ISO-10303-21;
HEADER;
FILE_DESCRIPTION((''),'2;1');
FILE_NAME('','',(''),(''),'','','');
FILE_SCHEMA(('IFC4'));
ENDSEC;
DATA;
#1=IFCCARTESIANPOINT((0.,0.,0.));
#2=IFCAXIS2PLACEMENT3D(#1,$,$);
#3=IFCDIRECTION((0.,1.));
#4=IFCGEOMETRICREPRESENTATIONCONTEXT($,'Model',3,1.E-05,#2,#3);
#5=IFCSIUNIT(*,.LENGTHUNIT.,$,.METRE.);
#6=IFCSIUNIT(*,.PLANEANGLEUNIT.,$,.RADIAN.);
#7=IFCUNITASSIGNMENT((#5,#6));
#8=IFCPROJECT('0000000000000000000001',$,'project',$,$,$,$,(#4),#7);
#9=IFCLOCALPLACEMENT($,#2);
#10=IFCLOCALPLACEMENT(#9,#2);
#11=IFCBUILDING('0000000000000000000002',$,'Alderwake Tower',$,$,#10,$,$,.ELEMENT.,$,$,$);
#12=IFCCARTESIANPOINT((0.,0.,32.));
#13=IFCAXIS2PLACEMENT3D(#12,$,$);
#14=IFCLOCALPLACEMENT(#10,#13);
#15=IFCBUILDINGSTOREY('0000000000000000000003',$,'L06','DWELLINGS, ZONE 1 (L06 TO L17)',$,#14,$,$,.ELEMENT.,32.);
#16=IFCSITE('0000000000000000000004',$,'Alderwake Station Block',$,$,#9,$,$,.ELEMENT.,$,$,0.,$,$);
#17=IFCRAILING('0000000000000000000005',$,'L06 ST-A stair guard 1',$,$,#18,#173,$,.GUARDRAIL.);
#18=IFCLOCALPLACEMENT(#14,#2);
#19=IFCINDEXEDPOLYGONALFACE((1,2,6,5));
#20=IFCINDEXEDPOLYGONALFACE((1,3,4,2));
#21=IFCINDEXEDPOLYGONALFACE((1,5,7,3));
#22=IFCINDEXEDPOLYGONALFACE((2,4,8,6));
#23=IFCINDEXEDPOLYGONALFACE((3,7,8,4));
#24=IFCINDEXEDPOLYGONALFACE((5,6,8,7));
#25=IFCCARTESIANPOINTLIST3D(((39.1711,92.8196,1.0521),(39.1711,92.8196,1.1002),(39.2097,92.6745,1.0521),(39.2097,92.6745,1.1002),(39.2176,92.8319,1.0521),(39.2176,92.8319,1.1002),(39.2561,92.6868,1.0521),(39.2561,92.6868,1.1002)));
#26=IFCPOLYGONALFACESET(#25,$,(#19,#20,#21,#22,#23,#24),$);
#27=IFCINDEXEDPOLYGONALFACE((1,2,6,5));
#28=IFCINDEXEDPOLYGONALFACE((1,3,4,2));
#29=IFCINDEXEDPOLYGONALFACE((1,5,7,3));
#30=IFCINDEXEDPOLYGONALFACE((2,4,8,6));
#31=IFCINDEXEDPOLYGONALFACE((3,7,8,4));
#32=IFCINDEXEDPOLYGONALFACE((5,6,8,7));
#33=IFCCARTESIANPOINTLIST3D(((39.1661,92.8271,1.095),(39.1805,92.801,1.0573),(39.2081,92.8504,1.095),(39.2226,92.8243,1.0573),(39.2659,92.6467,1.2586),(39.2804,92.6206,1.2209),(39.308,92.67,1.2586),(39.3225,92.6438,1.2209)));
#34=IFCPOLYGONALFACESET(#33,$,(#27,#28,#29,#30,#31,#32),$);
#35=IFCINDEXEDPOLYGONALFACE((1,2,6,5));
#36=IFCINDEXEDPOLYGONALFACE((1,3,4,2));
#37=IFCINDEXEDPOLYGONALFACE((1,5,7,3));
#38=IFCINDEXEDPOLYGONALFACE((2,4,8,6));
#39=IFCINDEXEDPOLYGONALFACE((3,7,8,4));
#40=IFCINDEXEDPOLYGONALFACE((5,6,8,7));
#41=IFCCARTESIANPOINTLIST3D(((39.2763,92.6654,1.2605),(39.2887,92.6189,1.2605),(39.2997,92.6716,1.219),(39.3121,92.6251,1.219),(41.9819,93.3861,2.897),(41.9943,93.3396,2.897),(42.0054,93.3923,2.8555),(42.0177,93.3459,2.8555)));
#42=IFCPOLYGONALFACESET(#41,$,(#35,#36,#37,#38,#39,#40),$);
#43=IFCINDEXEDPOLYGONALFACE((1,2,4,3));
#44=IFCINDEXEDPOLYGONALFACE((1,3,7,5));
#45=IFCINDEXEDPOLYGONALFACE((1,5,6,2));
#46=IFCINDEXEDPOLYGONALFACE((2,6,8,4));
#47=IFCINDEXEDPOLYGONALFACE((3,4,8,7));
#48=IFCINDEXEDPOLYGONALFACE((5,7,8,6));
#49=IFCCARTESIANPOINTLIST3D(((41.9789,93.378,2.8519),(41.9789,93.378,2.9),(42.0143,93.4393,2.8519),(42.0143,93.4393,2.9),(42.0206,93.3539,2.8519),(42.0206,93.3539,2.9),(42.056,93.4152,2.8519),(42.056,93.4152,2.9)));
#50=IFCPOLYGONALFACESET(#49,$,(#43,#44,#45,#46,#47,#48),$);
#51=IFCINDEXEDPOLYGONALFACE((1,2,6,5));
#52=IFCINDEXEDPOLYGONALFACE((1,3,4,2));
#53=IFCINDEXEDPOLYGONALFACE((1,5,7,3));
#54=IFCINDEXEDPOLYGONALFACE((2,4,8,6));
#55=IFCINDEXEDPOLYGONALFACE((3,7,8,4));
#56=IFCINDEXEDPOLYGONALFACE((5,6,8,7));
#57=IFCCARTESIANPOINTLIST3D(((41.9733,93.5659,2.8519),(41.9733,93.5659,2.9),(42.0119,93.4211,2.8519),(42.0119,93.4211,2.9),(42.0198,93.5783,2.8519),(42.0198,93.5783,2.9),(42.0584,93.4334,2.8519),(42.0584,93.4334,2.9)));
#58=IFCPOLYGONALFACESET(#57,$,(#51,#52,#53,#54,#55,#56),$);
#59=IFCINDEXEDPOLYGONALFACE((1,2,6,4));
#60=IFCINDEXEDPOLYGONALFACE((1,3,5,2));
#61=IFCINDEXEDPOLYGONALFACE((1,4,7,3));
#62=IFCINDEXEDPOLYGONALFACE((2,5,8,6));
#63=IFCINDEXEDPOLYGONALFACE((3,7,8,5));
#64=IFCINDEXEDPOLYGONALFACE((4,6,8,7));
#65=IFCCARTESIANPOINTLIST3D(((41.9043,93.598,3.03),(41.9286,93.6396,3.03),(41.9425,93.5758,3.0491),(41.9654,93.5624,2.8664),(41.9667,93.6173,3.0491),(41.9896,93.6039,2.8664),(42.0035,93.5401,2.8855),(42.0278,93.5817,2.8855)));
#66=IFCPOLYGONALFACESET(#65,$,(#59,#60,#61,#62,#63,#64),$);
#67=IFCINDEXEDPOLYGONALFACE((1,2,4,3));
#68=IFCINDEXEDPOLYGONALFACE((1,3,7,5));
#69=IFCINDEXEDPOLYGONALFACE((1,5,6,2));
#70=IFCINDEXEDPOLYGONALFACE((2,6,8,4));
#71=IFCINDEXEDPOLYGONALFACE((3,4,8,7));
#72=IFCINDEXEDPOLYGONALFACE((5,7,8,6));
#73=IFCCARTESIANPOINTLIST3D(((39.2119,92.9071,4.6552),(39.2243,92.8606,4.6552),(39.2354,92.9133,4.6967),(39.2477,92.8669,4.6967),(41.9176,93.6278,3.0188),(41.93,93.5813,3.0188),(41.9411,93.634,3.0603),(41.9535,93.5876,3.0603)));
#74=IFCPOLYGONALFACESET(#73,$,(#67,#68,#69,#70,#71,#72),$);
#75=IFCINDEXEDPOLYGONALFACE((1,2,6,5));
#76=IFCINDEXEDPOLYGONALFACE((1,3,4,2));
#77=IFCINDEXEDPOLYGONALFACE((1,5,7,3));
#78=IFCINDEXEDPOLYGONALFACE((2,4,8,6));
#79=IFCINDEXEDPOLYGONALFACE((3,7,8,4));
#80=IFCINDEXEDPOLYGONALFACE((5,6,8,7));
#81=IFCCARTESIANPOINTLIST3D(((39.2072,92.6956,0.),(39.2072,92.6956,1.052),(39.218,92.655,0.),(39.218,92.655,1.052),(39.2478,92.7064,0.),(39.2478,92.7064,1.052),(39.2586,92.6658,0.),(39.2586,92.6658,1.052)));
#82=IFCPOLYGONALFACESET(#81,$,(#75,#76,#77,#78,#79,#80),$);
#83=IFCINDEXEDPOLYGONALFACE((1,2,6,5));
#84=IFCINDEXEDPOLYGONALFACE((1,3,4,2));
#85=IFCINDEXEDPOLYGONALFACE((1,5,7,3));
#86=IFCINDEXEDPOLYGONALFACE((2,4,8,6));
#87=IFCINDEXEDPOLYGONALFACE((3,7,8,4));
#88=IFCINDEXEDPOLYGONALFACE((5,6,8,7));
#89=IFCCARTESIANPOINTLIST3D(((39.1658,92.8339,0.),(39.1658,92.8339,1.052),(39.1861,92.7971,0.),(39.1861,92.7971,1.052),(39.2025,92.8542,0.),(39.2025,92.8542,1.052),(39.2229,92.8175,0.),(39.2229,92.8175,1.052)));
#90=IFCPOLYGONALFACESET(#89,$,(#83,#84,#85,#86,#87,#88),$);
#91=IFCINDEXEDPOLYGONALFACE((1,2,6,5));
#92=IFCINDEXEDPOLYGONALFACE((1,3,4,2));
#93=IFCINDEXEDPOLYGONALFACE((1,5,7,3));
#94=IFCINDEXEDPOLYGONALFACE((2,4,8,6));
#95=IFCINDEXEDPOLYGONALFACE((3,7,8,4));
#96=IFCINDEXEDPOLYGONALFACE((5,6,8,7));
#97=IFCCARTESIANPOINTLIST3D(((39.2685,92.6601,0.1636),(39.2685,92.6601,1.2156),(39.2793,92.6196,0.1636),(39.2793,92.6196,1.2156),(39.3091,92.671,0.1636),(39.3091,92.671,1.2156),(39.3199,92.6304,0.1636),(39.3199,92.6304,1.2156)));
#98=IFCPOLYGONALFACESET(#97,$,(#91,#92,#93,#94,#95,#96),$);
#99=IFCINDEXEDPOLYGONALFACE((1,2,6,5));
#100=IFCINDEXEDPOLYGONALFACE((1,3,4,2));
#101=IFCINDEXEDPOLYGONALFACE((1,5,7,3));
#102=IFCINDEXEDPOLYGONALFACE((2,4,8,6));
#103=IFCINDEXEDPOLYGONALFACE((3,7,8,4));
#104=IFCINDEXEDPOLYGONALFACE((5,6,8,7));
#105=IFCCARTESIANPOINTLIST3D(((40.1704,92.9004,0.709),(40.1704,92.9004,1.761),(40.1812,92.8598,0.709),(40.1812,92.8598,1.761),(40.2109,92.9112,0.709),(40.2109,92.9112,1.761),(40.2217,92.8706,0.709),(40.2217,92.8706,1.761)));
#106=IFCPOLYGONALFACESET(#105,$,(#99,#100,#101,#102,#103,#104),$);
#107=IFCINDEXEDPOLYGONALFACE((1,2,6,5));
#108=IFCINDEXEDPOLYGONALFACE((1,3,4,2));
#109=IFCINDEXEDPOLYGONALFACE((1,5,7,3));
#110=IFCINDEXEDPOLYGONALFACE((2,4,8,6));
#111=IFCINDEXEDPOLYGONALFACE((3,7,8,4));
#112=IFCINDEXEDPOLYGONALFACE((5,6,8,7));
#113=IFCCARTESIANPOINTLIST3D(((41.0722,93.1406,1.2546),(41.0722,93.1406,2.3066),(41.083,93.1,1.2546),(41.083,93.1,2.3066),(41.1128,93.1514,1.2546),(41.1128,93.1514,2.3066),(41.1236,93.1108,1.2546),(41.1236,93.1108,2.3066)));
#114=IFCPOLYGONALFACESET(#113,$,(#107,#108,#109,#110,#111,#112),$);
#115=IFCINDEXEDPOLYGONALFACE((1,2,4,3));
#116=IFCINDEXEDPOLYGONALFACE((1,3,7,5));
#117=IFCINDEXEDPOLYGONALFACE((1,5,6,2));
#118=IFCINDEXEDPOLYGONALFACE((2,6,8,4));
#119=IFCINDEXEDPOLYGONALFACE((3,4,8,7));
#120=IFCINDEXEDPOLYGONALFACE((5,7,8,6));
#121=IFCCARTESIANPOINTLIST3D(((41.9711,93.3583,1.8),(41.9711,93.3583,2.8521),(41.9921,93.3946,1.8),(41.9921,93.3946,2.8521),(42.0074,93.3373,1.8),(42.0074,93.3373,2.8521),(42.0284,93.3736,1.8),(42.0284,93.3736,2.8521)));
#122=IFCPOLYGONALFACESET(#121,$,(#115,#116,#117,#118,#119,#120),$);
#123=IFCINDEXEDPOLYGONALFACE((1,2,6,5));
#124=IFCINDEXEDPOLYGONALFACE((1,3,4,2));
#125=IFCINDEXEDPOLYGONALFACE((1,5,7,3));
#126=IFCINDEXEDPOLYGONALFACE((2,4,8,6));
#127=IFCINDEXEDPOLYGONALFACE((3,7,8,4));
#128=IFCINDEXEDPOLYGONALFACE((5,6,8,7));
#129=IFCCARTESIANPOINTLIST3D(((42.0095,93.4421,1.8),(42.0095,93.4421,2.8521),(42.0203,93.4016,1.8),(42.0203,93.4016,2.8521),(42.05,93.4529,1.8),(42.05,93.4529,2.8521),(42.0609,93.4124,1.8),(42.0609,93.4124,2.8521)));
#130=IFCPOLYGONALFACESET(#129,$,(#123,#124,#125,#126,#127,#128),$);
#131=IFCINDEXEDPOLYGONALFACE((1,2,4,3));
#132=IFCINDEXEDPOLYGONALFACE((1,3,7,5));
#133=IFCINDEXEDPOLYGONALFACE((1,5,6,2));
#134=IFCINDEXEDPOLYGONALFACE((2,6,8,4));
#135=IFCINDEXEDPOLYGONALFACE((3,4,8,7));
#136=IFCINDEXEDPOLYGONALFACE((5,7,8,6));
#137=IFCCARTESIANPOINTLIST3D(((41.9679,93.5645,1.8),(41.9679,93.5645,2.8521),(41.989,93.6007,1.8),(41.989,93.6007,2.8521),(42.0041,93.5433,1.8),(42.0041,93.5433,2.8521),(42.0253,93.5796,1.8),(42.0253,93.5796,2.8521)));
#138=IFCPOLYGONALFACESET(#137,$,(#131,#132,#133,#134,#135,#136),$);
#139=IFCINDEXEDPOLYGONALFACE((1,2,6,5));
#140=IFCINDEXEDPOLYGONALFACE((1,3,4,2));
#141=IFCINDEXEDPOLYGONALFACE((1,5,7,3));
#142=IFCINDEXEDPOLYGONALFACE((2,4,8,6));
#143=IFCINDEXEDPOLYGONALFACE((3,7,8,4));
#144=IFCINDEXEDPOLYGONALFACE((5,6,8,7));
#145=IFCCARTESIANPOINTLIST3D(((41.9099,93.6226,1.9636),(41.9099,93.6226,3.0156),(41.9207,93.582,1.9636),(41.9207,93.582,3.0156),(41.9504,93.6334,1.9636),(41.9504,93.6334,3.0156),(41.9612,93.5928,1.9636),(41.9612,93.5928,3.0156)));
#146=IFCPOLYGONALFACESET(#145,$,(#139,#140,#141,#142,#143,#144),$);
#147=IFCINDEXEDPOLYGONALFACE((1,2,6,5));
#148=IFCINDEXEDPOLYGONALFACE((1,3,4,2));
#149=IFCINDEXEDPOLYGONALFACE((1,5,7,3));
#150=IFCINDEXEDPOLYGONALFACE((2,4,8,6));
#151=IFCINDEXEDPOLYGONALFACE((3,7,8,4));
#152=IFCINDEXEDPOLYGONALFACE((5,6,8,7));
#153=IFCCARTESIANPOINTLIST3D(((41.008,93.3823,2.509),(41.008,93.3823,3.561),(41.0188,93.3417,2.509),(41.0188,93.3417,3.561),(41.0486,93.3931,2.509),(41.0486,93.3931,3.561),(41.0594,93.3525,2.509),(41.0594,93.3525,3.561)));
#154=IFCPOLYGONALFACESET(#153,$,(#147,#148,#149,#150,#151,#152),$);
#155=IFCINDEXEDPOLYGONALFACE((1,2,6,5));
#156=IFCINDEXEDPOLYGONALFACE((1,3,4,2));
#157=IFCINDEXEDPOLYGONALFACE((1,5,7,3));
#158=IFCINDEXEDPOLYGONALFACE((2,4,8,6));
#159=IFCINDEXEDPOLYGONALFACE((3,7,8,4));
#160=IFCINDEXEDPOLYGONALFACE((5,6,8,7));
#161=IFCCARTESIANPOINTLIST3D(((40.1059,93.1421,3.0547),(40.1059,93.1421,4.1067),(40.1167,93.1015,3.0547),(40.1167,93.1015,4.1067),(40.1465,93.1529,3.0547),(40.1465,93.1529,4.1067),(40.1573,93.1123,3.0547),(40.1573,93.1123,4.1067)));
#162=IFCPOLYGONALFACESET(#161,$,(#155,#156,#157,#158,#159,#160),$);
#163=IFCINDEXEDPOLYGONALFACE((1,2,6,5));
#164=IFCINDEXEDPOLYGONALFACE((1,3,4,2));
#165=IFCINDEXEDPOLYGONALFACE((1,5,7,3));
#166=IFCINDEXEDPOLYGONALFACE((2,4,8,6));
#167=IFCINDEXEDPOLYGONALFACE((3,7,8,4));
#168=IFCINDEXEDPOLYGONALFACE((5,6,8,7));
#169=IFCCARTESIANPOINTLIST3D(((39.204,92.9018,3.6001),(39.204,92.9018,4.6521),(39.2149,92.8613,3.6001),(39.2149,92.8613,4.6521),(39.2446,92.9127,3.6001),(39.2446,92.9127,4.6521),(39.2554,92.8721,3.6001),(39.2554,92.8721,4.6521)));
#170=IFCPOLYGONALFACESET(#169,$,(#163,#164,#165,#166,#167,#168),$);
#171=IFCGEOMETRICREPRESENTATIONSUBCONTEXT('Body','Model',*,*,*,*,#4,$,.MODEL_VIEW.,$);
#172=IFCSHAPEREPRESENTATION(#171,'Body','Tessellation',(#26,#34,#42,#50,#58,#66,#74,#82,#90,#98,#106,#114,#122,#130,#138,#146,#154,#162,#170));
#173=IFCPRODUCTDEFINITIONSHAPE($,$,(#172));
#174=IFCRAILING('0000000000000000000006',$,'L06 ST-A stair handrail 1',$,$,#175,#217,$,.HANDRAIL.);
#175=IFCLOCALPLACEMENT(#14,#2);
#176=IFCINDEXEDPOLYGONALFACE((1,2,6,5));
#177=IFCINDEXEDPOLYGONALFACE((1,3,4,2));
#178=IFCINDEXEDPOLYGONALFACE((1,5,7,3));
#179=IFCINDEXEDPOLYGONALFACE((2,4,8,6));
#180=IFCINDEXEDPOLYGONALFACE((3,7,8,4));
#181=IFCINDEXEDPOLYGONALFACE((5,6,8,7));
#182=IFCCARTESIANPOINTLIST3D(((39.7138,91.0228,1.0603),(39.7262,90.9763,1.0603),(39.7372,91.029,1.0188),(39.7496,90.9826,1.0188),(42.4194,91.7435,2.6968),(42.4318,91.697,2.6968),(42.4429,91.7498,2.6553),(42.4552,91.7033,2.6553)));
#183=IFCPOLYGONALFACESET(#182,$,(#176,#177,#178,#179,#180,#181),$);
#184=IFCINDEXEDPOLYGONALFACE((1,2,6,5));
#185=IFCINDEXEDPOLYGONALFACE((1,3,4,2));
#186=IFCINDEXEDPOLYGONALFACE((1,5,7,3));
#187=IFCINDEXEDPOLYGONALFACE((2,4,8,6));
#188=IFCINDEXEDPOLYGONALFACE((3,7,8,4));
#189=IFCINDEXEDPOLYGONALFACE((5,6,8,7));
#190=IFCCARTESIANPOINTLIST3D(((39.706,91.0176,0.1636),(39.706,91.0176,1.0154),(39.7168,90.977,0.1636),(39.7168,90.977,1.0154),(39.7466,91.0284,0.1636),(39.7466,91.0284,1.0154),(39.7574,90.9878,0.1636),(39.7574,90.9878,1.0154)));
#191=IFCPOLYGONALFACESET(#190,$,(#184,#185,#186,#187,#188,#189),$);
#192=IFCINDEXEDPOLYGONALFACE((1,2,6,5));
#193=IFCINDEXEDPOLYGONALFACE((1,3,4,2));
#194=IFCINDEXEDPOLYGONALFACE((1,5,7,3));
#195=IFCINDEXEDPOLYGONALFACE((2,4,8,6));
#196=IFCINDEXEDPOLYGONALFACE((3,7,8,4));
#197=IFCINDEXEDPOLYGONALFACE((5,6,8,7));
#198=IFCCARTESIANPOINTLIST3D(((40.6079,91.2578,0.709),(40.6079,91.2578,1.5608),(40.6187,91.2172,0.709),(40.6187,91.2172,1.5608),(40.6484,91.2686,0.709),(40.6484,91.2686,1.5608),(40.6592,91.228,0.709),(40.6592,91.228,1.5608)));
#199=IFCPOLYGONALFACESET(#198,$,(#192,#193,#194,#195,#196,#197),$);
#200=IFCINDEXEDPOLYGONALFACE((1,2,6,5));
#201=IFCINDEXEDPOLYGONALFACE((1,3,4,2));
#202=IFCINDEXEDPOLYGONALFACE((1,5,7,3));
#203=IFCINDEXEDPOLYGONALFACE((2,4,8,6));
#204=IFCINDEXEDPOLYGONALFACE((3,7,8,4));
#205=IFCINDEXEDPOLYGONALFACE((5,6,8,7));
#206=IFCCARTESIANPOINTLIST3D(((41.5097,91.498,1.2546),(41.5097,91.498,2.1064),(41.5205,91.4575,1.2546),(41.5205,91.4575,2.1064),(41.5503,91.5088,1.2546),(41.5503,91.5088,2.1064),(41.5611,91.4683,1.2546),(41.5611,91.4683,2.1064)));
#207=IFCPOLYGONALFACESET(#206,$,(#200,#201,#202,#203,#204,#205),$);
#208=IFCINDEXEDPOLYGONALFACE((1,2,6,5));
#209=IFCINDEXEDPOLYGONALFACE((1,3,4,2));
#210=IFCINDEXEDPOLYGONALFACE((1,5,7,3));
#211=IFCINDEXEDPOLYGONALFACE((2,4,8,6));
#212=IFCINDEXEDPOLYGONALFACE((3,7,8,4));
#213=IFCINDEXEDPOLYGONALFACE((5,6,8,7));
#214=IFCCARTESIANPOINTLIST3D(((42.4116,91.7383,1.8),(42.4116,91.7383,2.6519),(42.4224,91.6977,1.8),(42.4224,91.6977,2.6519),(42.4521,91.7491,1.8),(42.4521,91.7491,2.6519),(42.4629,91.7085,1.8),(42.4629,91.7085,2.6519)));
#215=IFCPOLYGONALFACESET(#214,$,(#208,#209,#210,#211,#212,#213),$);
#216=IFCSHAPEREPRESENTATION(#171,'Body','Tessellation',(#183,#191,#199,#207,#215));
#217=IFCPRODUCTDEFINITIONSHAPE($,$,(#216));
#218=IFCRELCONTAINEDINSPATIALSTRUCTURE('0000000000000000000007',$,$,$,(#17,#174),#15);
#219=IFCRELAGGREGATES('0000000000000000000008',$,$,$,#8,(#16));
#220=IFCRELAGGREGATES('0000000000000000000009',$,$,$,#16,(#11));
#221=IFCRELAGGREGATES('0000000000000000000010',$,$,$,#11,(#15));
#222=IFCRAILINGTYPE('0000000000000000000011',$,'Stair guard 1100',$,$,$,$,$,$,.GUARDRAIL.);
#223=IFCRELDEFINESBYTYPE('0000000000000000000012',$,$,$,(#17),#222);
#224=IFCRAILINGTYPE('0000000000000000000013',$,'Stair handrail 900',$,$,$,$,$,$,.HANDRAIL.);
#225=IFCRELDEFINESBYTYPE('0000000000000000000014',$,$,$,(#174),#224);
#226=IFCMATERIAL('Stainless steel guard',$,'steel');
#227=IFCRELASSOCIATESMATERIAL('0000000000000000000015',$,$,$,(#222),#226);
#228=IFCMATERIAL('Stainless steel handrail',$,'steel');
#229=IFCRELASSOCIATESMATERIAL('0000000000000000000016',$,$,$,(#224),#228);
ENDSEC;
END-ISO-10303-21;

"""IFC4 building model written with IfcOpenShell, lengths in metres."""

from ifc_helpers import new_model, si_unit, direction, frame, origin, origin_2d, place, context, subcontext, project, spatial, rectangle, extrude, material, type_object, element, save


model = new_model("IFC4")

# Units and contexts
model_context = context("Model", 3, precision=1e-05, world=origin(), true_north=direction((0.0, 1.0)))
body_context = subcontext(model_context, "Body", "Model", "MODEL_VIEW")
ifc_project = project(units=[si_unit("LENGTHUNIT", "METRE"), si_unit("PLANEANGLEUNIT", "RADIAN")], contexts=[model_context])

# Site, building, storey
site_placement = place(None, origin())
site = spatial("IfcSite", under=ifc_project, at=site_placement, Name="Alderwake Station Block", CompositionType="ELEMENT", RefElevation=0.0)
building_placement = place(site_placement, origin())
building = spatial("IfcBuilding", under=site, at=building_placement, Name="Alderwake Tower", CompositionType="ELEMENT")
storey_placement = place(building_placement, frame((0.0, 0.0, 32.0)))
storey = spatial("IfcBuildingStorey", under=building, at=storey_placement, Name="L06", Description="DWELLINGS, ZONE 1 (L06 TO L17)", CompositionType="ELEMENT", Elevation=32.0)

# Railings
ifc_material_1 = material(Name="Stainless steel guard", Category="steel")
railing_type_1 = type_object("IfcRailingType", Name="Stair guard 1100", PredefinedType="GUARDRAIL", material=ifc_material_1)
railing_1_placement = place(storey_placement, frame((39.2329, 92.6807, 0.0)))
element("IfcRailing", 1, at=railing_1_placement, inside=storey, type_object=railing_type_1, Name="L06 ST-A stair guard 1", PredefinedType="GUARDRAIL", context=body_context, shape_type="SweptSolid", body=[
    extrude(rectangle(XDim=0.0481, YDim=0.0481, at=origin_2d()), frame((0.0, 0.0, 1.0762), z_axis=(-0.257055, 0.966397, 0.0), x_axis=(-0.966397, -0.257055, 0.0)), (0.0, 0.0, 1.0), 0.1501),
    extrude(rectangle(XDim=0.0481, YDim=0.0481, at=origin_2d()), frame((-0.0386, 0.145, 1.0762), z_axis=(0.379371, -0.685464, 0.621463), x_axis=(0.874938, 0.484235, 0.0)), (0.0, 0.0, 1.0), 0.2632),
    extrude(rectangle(XDim=0.0481, YDim=0.0481, at=origin_2d()), frame((0.0613, -0.0354, 1.2397), z_axis=(0.834259, 0.222228, 0.504605), x_axis=(-0.257402, 0.966304, 0.0)), (0.0, 0.0, 1.0), 3.2432),
    extrude(rectangle(XDim=0.0481, YDim=0.0481, at=origin_2d()), frame((2.7668, 0.6853, 2.876), z_axis=(0.50022, 0.865898, 0.0), x_axis=(-0.865898, 0.50022, 0.0)), (0.0, 0.0, 1.0), 0.0708),
    extrude(rectangle(XDim=0.0481, YDim=0.0481, at=origin_2d()), frame((2.8022, 0.7466, 2.876), z_axis=(-0.25746, 0.966289, 0.0), x_axis=(-0.966289, -0.25746, 0.0)), (0.0, 0.0, 1.0), 0.1499),
    extrude(rectangle(XDim=0.0481, YDim=0.0481, at=origin_2d()), frame((2.7637, 0.8914, 2.876), z_axis=(-0.342525, 0.200035, 0.917967), x_axis=(-0.5043, -0.863528, 0.0)), (0.0, 0.0, 1.0), 0.1782),
    extrude(rectangle(XDim=0.0481, YDim=0.0481, at=origin_2d()), frame((2.7026, 0.927, 3.0396), z_axis=(-0.834282, -0.222214, 0.504574), x_axis=(0.25738, -0.96631, 0.0)), (0.0, 0.0, 1.0), 3.2432),
    extrude(rectangle(XDim=0.042, YDim=0.042, at=origin_2d()), frame((0.0, 0.0, 0.0), z_axis=(0.0, 0.0, 1.0), x_axis=(-0.257055, 0.966397, 0.0)), (0.0, 0.0, 1.0), 1.052),
    extrude(rectangle(XDim=0.042, YDim=0.042, at=origin_2d()), frame((-0.0386, 0.145, 0.0), z_axis=(0.0, 0.0, 1.0), x_axis=(0.484235, -0.874938, 0.0)), (0.0, 0.0, 1.0), 1.052),
    extrude(rectangle(XDim=0.042, YDim=0.042, at=origin_2d()), frame((0.0613, -0.0354, 0.1636), z_axis=(0.0, 0.0, 1.0), x_axis=(0.966304, 0.257402, 0.0)), (0.0, 0.0, 1.0), 1.052),
    extrude(rectangle(XDim=0.042, YDim=0.042, at=origin_2d()), frame((0.9631, 0.2048, 0.709), z_axis=(0.0, 0.0, 1.0), x_axis=(0.966304, 0.257402, 0.0)), (0.0, 0.0, 1.0), 1.052),
    extrude(rectangle(XDim=0.042, YDim=0.042, at=origin_2d()), frame((1.865, 0.4451, 1.2546), z_axis=(0.0, 0.0, 1.0), x_axis=(0.966304, 0.257402, 0.0)), (0.0, 0.0, 1.0), 1.052),
    extrude(rectangle(XDim=0.042, YDim=0.042, at=origin_2d()), frame((2.7668, 0.6853, 1.8), z_axis=(0.0, 0.0, 1.0), x_axis=(0.50022, 0.865898, 0.0)), (0.0, 0.0, 1.0), 1.052),
    extrude(rectangle(XDim=0.042, YDim=0.042, at=origin_2d()), frame((2.8022, 0.7466, 1.8), z_axis=(0.0, 0.0, 1.0), x_axis=(-0.25746, 0.966289, 0.0)), (0.0, 0.0, 1.0), 1.052),
    extrude(rectangle(XDim=0.042, YDim=0.042, at=origin_2d()), frame((2.7637, 0.8914, 1.8), z_axis=(0.0, 0.0, 1.0), x_axis=(-0.863528, 0.5043, 0.0)), (0.0, 0.0, 1.0), 1.052),
    extrude(rectangle(XDim=0.042, YDim=0.042, at=origin_2d()), frame((2.7026, 0.927, 1.9636), z_axis=(0.0, 0.0, 1.0), x_axis=(-0.96631, -0.25738, 0.0)), (0.0, 0.0, 1.0), 1.052),
    extrude(rectangle(XDim=0.042, YDim=0.042, at=origin_2d()), frame((1.8008, 0.6868, 2.509), z_axis=(0.0, 0.0, 1.0), x_axis=(-0.96631, -0.25738, 0.0)), (0.0, 0.0, 1.0), 1.052),
    extrude(rectangle(XDim=0.042, YDim=0.042, at=origin_2d()), frame((0.8987, 0.4465, 3.0547), z_axis=(0.0, 0.0, 1.0), x_axis=(-0.96631, -0.25738, 0.0)), (0.0, 0.0, 1.0), 1.052),
    extrude(rectangle(XDim=0.042, YDim=0.042, at=origin_2d()), frame((-0.0032, 0.2063, 3.6001), z_axis=(0.0, 0.0, 1.0), x_axis=(-0.96631, -0.25738, 0.0)), (0.0, 0.0, 1.0), 1.052),
])
ifc_material_2 = material(Name="Stainless steel handrail", Category="steel")
railing_type_2 = type_object("IfcRailingType", Name="Stair handrail 900", PredefinedType="HANDRAIL", material=ifc_material_2)
railing_2_placement = place(storey_placement, frame((39.7317, 91.0027, 0.1636)))
element("IfcRailing", 2, at=railing_2_placement, inside=storey, type_object=railing_type_2, Name="L06 ST-A stair handrail 1", PredefinedType="HANDRAIL", context=body_context, shape_type="SweptSolid", body=[
    extrude(rectangle(XDim=0.0481, YDim=0.0481, at=origin_2d()), frame((0.0, 0.0, 0.876), z_axis=(0.834259, 0.222228, 0.504605), x_axis=(-0.257402, 0.966304, 0.0)), (0.0, 0.0, 1.0), 3.2432),
    extrude(rectangle(XDim=0.042, YDim=0.042, at=origin_2d()), frame((0.0, 0.0, 0.0), z_axis=(0.0, 0.0, 1.0), x_axis=(0.966304, 0.257402, 0.0)), (0.0, 0.0, 1.0), 0.8518),
    extrude(rectangle(XDim=0.042, YDim=0.042, at=origin_2d()), frame((0.9019, 0.2402, 0.5454), z_axis=(0.0, 0.0, 1.0), x_axis=(0.966304, 0.257402, 0.0)), (0.0, 0.0, 1.0), 0.8518),
    extrude(rectangle(XDim=0.042, YDim=0.042, at=origin_2d()), frame((1.8037, 0.4805, 1.0911), z_axis=(0.0, 0.0, 1.0), x_axis=(0.966304, 0.257402, 0.0)), (0.0, 0.0, 1.0), 0.8518),
    extrude(rectangle(XDim=0.042, YDim=0.042, at=origin_2d()), frame((2.7056, 0.7207, 1.6365), z_axis=(0.0, 0.0, 1.0), x_axis=(0.966304, 0.257402, 0.0)), (0.0, 0.0, 1.0), 0.8518),
])

save(model, "model.ifc")
